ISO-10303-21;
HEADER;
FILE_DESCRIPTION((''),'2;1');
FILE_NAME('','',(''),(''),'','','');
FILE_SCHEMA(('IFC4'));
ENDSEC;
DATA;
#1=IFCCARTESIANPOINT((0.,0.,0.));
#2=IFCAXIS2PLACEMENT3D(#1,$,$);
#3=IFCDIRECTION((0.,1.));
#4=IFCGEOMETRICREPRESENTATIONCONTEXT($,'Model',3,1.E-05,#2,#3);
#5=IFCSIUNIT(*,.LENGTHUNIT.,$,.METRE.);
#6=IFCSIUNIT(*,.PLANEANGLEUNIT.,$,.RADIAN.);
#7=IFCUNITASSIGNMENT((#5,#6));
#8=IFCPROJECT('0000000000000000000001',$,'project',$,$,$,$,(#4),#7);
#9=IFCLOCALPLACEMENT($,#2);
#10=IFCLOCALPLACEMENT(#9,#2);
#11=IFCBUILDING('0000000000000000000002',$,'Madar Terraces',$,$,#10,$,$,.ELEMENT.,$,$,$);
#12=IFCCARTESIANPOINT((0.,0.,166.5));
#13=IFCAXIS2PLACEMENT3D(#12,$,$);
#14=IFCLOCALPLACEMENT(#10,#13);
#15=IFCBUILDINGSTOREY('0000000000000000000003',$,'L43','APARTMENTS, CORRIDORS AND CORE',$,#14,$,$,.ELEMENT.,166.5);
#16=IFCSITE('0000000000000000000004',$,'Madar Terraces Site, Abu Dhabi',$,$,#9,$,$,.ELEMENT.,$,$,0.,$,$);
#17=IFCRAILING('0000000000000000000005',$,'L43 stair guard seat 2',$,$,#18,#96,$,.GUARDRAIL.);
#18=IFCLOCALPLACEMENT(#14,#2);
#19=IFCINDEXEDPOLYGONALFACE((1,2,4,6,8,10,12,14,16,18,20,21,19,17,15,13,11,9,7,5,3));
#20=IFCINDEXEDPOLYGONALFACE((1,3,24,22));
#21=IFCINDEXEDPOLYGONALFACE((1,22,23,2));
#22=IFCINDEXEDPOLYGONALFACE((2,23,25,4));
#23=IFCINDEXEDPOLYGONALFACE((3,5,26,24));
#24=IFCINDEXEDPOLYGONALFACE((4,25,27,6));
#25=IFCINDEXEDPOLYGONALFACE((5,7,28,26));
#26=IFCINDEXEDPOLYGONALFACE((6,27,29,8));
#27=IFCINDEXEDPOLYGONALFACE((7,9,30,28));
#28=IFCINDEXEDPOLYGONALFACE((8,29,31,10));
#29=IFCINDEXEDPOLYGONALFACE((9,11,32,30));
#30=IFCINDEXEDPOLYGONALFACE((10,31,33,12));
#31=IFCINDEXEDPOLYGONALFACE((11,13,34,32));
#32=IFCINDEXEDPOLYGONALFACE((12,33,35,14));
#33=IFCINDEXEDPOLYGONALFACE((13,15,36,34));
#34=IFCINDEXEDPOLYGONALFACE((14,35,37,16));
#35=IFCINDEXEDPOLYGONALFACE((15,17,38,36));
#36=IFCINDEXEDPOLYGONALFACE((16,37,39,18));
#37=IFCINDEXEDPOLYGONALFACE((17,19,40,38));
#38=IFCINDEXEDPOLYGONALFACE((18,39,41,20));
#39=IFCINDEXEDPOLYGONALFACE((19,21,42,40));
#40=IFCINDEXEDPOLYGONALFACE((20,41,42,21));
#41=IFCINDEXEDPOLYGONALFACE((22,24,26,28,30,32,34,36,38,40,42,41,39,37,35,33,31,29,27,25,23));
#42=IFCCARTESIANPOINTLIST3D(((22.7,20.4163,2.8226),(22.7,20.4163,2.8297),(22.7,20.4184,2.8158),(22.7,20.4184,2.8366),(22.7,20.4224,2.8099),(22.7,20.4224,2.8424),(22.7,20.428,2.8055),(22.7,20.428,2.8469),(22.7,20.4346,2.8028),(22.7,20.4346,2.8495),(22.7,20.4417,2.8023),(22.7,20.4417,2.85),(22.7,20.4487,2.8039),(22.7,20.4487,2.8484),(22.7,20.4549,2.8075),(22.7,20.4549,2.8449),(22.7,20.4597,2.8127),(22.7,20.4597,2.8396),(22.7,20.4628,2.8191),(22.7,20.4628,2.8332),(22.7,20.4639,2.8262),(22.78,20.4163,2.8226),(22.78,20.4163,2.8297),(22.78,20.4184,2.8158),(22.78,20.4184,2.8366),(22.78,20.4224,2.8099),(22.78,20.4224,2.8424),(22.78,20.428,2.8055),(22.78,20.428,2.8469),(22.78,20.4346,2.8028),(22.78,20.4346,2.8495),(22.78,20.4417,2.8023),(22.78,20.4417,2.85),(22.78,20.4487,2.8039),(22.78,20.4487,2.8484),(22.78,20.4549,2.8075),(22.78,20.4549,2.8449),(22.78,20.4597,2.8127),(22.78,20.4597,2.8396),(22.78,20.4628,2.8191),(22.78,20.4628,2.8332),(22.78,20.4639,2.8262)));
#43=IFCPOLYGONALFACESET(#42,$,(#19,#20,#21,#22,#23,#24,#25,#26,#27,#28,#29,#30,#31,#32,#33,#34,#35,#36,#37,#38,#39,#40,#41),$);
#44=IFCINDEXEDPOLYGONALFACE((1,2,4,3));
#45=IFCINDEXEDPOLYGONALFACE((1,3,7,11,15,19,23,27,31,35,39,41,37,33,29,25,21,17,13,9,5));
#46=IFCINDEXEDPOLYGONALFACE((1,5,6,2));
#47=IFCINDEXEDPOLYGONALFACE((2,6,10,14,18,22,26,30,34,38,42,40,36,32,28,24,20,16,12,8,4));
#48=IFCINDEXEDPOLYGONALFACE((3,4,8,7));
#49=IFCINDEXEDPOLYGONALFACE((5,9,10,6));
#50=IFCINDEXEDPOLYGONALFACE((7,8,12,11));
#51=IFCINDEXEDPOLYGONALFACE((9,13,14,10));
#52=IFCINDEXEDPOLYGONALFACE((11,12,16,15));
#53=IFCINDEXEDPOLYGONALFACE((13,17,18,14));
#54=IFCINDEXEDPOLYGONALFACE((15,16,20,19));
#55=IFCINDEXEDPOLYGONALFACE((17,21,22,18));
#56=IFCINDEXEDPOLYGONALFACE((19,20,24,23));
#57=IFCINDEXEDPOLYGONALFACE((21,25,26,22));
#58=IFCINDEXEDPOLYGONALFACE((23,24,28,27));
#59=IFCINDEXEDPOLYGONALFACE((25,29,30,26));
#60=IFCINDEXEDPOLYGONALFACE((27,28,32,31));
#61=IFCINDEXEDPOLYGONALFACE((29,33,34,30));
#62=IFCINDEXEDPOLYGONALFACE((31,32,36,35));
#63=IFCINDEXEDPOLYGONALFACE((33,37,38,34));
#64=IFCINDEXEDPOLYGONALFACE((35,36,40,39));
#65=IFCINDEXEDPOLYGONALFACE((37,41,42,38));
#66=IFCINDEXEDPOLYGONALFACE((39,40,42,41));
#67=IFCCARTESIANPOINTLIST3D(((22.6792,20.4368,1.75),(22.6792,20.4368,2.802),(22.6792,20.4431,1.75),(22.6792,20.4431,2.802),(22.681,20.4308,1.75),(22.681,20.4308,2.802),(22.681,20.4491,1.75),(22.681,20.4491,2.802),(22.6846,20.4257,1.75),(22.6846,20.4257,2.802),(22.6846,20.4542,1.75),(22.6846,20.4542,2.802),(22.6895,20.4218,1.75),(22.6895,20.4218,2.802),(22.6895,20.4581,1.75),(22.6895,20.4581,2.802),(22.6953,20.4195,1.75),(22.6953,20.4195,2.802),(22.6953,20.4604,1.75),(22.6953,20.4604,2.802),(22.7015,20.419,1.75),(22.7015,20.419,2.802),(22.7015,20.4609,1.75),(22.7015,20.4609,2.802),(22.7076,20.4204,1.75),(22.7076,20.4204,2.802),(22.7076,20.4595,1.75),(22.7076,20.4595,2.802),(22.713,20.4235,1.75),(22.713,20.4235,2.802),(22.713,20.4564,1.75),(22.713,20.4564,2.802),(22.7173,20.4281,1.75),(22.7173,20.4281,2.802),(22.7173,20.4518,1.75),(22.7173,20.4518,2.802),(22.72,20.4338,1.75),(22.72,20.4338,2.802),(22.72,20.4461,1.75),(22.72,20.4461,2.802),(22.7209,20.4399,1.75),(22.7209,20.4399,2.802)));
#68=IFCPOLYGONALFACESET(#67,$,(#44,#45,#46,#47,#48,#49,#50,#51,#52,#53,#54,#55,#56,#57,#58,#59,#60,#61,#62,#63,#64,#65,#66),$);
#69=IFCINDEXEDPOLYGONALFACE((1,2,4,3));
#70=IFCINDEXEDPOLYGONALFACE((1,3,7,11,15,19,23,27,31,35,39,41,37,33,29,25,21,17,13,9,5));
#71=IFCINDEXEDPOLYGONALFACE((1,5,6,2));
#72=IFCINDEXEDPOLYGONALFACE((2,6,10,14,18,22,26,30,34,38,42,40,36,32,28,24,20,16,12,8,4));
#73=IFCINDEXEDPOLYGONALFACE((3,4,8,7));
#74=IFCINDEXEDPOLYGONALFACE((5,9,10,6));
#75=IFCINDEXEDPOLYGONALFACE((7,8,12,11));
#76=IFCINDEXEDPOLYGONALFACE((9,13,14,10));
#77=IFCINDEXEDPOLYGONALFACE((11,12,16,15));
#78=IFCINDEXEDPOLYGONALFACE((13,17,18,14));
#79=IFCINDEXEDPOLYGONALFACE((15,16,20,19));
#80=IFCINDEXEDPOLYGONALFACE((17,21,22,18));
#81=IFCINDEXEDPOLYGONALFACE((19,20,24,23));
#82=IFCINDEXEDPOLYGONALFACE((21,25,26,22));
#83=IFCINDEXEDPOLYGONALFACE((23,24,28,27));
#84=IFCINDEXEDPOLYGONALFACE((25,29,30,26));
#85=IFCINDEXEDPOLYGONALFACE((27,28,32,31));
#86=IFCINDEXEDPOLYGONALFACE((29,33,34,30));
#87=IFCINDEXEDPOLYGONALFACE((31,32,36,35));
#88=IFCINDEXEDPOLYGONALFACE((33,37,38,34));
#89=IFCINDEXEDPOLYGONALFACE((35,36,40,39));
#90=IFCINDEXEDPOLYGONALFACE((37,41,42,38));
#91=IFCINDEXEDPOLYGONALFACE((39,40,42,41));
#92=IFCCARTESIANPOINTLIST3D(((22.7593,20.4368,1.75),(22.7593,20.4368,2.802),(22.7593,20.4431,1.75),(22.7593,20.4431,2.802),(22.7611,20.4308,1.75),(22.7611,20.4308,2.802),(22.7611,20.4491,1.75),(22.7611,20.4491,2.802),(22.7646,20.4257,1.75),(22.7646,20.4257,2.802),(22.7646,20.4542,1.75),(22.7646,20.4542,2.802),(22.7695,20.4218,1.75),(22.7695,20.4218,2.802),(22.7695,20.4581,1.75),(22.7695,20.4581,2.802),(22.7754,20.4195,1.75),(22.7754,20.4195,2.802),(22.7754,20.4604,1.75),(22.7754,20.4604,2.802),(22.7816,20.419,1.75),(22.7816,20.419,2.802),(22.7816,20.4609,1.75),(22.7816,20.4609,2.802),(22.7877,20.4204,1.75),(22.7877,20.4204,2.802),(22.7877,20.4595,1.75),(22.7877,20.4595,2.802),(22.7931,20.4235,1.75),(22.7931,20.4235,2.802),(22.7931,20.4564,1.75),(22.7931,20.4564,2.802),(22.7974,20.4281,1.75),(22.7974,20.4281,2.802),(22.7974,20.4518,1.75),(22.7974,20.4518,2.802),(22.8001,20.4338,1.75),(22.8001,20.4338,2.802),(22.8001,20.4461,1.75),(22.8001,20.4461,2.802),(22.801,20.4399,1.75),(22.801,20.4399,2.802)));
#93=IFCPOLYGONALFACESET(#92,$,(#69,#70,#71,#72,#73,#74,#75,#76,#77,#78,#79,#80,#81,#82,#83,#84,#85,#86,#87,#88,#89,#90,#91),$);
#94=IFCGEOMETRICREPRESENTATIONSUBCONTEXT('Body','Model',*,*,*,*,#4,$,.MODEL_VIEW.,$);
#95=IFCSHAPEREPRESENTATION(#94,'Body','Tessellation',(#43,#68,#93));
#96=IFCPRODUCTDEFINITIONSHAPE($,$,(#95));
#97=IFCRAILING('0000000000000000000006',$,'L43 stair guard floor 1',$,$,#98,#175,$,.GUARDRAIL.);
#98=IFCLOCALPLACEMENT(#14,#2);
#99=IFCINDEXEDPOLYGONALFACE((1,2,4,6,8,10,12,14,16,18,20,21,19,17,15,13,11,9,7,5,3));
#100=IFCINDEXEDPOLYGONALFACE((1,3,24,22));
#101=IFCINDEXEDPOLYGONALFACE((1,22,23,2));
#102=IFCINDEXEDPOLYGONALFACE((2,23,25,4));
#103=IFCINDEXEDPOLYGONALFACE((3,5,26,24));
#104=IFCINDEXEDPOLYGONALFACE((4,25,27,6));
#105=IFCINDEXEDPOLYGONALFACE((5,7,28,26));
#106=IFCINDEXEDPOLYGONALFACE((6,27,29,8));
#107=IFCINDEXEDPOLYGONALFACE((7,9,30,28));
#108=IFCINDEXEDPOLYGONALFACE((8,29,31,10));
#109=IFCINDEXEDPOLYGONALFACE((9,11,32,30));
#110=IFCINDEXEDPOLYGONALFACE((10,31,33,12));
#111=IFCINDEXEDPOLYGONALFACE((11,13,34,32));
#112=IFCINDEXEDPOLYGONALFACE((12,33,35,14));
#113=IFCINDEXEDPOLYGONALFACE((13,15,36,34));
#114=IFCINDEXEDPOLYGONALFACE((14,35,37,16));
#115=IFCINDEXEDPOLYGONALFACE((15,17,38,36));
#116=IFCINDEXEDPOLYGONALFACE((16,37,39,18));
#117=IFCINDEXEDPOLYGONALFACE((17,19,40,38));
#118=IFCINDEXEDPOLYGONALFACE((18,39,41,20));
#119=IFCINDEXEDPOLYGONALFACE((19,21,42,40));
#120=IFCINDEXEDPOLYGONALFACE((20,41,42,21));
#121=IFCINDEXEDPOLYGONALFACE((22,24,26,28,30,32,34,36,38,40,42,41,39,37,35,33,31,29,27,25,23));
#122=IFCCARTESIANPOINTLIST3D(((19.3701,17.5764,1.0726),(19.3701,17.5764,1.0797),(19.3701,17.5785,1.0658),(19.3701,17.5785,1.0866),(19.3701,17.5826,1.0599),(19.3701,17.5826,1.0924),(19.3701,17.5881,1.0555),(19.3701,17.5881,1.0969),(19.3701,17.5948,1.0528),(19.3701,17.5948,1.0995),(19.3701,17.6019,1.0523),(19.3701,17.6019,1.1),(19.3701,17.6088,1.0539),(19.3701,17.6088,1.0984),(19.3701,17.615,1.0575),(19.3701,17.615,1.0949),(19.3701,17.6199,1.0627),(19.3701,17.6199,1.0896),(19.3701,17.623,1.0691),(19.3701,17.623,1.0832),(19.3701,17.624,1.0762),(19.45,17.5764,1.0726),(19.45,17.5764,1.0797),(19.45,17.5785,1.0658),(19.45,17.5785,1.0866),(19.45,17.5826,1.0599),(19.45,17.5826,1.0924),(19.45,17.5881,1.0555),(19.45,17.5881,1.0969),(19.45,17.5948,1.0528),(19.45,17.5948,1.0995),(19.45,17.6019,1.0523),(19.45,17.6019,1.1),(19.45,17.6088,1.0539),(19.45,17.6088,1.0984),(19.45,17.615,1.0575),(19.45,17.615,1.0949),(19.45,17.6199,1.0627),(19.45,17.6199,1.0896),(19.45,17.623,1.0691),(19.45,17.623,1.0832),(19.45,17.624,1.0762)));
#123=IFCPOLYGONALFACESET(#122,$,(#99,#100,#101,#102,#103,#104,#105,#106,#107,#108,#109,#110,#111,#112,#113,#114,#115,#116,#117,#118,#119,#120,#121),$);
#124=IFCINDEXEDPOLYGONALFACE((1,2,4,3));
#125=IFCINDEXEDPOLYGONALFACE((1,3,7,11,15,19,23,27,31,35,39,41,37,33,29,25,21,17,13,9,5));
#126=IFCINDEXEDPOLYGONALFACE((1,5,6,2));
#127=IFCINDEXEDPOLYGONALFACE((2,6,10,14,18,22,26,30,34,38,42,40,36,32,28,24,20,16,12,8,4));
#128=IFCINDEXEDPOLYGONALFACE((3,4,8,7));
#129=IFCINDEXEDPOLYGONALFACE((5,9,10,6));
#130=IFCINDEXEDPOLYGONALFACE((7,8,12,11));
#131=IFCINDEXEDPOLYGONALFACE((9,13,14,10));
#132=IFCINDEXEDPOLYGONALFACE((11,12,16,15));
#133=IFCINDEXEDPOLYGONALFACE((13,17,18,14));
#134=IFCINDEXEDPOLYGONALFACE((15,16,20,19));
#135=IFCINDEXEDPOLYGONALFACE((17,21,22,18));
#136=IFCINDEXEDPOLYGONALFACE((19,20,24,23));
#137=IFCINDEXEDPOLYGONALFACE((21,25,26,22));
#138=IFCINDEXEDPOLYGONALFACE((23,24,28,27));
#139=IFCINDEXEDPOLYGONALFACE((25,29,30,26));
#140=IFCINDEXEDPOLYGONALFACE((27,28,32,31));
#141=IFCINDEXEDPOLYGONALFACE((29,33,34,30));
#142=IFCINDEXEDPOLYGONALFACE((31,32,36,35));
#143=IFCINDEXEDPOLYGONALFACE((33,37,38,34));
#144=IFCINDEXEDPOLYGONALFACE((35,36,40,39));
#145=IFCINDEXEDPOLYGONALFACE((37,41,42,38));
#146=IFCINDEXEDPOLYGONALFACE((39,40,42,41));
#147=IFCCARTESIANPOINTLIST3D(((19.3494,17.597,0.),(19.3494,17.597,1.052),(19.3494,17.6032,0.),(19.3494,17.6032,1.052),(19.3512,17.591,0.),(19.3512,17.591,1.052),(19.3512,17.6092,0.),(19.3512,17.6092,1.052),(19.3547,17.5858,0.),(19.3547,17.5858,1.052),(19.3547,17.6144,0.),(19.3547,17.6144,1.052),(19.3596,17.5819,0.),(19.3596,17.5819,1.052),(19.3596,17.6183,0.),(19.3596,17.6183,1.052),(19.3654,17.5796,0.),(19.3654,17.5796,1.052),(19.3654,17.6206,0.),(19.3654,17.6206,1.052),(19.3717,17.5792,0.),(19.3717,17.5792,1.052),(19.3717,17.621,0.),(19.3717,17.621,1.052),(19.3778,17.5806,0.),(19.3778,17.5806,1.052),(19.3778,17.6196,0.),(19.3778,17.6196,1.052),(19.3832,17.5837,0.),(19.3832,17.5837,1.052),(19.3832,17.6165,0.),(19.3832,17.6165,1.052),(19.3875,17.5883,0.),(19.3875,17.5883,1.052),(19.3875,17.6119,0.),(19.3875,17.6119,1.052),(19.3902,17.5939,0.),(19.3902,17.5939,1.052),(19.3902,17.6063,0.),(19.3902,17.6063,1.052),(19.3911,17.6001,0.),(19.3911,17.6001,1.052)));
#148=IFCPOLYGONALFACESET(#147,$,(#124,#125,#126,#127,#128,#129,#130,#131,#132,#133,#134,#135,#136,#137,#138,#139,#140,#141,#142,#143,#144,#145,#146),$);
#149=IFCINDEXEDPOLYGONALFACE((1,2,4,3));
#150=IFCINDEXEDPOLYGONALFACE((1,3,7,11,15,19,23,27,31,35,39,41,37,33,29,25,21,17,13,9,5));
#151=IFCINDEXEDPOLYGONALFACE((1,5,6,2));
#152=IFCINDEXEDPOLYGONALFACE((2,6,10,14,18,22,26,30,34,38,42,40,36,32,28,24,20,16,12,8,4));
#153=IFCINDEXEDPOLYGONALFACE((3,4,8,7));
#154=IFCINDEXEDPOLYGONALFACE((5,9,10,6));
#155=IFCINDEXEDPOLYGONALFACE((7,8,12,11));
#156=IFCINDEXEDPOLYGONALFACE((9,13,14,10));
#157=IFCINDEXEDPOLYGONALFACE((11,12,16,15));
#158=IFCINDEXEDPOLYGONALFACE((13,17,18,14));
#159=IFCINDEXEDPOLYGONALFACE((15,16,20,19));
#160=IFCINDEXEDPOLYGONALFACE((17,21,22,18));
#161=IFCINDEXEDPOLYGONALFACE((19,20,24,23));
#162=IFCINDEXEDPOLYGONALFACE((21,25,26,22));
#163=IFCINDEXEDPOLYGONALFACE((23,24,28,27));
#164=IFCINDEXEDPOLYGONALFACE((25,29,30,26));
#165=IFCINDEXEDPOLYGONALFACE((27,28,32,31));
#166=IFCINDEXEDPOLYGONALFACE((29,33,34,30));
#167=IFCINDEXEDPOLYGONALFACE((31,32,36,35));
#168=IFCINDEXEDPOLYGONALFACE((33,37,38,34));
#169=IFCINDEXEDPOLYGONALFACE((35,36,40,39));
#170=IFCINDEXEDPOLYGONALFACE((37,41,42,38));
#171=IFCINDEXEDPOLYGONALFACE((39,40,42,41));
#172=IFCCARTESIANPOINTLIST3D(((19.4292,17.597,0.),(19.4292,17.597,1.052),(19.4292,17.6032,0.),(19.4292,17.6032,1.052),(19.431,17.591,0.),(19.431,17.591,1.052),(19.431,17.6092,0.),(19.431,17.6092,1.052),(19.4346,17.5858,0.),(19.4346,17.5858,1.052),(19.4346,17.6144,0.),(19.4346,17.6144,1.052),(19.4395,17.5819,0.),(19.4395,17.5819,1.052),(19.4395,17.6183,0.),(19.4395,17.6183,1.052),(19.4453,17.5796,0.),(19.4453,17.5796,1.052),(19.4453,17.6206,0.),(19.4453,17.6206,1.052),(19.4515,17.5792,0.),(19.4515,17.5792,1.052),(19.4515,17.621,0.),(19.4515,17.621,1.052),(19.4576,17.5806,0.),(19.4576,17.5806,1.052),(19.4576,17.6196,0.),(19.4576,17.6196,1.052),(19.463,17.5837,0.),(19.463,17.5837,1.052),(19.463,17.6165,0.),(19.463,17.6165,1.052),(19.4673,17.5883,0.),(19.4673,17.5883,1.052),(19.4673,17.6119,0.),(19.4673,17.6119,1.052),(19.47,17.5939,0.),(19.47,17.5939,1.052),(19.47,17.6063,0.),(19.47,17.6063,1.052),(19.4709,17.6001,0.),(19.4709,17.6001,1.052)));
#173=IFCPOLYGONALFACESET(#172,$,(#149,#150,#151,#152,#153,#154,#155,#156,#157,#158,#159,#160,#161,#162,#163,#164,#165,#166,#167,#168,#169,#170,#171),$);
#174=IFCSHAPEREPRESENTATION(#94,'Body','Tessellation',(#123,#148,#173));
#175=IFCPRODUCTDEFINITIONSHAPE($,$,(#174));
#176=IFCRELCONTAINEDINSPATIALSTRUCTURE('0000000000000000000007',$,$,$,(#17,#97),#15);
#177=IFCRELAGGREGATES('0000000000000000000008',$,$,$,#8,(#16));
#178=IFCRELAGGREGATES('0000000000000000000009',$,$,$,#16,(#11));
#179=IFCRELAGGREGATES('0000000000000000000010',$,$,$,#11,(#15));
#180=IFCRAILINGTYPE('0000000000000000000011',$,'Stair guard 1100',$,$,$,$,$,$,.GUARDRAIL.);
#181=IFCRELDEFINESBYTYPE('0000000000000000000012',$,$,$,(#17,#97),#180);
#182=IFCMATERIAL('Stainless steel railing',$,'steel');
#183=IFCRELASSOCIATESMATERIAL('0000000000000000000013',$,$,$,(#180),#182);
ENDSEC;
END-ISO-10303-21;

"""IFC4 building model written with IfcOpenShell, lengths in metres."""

from ifc_helpers import new_model, si_unit, direction, frame, origin, origin_2d, place, context, subcontext, project, spatial, circle, extrude, material, type_object, element, save


model = new_model("IFC4")

# Units and contexts
model_context = context("Model", 3, precision=1e-05, world=origin(), true_north=direction((0.0, 1.0)))
body_context = subcontext(model_context, "Body", "Model", "MODEL_VIEW")
ifc_project = project(units=[si_unit("LENGTHUNIT", "METRE"), si_unit("PLANEANGLEUNIT", "RADIAN")], contexts=[model_context])

# Site, building, storey
site_placement = place(None, origin())
site = spatial("IfcSite", under=ifc_project, at=site_placement, Name="Madar Terraces Site, Abu Dhabi", CompositionType="ELEMENT", RefElevation=0.0)
building_placement = place(site_placement, origin())
building = spatial("IfcBuilding", under=site, at=building_placement, Name="Madar Terraces", CompositionType="ELEMENT")
storey_placement = place(building_placement, frame((0.0, 0.0, 166.5)))
storey = spatial("IfcBuildingStorey", under=building, at=storey_placement, Name="L43", Description="APARTMENTS, CORRIDORS AND CORE", CompositionType="ELEMENT", Elevation=166.5)

# Railings
ifc_material_1 = material(Name="Stainless steel railing", Category="steel")
railing_type_1 = type_object("IfcRailingType", Name="Stair guard 1100", PredefinedType="GUARDRAIL", material=ifc_material_1)
railing_1_placement = place(storey_placement, frame((22.7, 20.4399, 1.75)))
element("IfcRailing", 1, at=railing_1_placement, inside=storey, type_object=railing_type_1, Name="L43 stair guard seat 2", PredefinedType="GUARDRAIL", context=body_context, shape_type="SweptSolid", body=[
    extrude(circle(Radius=0.0239, at=origin_2d()), frame((0.0, 0.0, 1.0762), z_axis=(1.0, 0.0, 0.0), x_axis=(0.0, 1.0, 0.0)), (0.0, 0.0, 1.0), 0.0801),
    extrude(circle(Radius=0.021, at=origin_2d()), origin(), (0.0, 0.0, 1.0), 1.052),
    extrude(circle(Radius=0.021, at=origin_2d()), frame((0.0801, 0.0, 0.0)), (0.0, 0.0, 1.0), 1.052),
])
railing_2_placement = place(storey_placement, frame((19.3701, 17.6001, 0.0)))
element("IfcRailing", 2, at=railing_2_placement, inside=storey, type_object=railing_type_1, Name="L43 stair guard floor 1", PredefinedType="GUARDRAIL", context=body_context, shape_type="SweptSolid", body=[
    extrude(circle(Radius=0.0239, at=origin_2d()), frame((0.0, 0.0, 1.0762), z_axis=(1.0, 0.0, 0.0), x_axis=(0.0, 1.0, 0.0)), (0.0, 0.0, 1.0), 0.0798),
    extrude(circle(Radius=0.021, at=origin_2d()), origin(), (0.0, 0.0, 1.0), 1.052),
    extrude(circle(Radius=0.021, at=origin_2d()), frame((0.0798, 0.0, 0.0)), (0.0, 0.0, 1.0), 1.052),
])

save(model, "model.ifc")
